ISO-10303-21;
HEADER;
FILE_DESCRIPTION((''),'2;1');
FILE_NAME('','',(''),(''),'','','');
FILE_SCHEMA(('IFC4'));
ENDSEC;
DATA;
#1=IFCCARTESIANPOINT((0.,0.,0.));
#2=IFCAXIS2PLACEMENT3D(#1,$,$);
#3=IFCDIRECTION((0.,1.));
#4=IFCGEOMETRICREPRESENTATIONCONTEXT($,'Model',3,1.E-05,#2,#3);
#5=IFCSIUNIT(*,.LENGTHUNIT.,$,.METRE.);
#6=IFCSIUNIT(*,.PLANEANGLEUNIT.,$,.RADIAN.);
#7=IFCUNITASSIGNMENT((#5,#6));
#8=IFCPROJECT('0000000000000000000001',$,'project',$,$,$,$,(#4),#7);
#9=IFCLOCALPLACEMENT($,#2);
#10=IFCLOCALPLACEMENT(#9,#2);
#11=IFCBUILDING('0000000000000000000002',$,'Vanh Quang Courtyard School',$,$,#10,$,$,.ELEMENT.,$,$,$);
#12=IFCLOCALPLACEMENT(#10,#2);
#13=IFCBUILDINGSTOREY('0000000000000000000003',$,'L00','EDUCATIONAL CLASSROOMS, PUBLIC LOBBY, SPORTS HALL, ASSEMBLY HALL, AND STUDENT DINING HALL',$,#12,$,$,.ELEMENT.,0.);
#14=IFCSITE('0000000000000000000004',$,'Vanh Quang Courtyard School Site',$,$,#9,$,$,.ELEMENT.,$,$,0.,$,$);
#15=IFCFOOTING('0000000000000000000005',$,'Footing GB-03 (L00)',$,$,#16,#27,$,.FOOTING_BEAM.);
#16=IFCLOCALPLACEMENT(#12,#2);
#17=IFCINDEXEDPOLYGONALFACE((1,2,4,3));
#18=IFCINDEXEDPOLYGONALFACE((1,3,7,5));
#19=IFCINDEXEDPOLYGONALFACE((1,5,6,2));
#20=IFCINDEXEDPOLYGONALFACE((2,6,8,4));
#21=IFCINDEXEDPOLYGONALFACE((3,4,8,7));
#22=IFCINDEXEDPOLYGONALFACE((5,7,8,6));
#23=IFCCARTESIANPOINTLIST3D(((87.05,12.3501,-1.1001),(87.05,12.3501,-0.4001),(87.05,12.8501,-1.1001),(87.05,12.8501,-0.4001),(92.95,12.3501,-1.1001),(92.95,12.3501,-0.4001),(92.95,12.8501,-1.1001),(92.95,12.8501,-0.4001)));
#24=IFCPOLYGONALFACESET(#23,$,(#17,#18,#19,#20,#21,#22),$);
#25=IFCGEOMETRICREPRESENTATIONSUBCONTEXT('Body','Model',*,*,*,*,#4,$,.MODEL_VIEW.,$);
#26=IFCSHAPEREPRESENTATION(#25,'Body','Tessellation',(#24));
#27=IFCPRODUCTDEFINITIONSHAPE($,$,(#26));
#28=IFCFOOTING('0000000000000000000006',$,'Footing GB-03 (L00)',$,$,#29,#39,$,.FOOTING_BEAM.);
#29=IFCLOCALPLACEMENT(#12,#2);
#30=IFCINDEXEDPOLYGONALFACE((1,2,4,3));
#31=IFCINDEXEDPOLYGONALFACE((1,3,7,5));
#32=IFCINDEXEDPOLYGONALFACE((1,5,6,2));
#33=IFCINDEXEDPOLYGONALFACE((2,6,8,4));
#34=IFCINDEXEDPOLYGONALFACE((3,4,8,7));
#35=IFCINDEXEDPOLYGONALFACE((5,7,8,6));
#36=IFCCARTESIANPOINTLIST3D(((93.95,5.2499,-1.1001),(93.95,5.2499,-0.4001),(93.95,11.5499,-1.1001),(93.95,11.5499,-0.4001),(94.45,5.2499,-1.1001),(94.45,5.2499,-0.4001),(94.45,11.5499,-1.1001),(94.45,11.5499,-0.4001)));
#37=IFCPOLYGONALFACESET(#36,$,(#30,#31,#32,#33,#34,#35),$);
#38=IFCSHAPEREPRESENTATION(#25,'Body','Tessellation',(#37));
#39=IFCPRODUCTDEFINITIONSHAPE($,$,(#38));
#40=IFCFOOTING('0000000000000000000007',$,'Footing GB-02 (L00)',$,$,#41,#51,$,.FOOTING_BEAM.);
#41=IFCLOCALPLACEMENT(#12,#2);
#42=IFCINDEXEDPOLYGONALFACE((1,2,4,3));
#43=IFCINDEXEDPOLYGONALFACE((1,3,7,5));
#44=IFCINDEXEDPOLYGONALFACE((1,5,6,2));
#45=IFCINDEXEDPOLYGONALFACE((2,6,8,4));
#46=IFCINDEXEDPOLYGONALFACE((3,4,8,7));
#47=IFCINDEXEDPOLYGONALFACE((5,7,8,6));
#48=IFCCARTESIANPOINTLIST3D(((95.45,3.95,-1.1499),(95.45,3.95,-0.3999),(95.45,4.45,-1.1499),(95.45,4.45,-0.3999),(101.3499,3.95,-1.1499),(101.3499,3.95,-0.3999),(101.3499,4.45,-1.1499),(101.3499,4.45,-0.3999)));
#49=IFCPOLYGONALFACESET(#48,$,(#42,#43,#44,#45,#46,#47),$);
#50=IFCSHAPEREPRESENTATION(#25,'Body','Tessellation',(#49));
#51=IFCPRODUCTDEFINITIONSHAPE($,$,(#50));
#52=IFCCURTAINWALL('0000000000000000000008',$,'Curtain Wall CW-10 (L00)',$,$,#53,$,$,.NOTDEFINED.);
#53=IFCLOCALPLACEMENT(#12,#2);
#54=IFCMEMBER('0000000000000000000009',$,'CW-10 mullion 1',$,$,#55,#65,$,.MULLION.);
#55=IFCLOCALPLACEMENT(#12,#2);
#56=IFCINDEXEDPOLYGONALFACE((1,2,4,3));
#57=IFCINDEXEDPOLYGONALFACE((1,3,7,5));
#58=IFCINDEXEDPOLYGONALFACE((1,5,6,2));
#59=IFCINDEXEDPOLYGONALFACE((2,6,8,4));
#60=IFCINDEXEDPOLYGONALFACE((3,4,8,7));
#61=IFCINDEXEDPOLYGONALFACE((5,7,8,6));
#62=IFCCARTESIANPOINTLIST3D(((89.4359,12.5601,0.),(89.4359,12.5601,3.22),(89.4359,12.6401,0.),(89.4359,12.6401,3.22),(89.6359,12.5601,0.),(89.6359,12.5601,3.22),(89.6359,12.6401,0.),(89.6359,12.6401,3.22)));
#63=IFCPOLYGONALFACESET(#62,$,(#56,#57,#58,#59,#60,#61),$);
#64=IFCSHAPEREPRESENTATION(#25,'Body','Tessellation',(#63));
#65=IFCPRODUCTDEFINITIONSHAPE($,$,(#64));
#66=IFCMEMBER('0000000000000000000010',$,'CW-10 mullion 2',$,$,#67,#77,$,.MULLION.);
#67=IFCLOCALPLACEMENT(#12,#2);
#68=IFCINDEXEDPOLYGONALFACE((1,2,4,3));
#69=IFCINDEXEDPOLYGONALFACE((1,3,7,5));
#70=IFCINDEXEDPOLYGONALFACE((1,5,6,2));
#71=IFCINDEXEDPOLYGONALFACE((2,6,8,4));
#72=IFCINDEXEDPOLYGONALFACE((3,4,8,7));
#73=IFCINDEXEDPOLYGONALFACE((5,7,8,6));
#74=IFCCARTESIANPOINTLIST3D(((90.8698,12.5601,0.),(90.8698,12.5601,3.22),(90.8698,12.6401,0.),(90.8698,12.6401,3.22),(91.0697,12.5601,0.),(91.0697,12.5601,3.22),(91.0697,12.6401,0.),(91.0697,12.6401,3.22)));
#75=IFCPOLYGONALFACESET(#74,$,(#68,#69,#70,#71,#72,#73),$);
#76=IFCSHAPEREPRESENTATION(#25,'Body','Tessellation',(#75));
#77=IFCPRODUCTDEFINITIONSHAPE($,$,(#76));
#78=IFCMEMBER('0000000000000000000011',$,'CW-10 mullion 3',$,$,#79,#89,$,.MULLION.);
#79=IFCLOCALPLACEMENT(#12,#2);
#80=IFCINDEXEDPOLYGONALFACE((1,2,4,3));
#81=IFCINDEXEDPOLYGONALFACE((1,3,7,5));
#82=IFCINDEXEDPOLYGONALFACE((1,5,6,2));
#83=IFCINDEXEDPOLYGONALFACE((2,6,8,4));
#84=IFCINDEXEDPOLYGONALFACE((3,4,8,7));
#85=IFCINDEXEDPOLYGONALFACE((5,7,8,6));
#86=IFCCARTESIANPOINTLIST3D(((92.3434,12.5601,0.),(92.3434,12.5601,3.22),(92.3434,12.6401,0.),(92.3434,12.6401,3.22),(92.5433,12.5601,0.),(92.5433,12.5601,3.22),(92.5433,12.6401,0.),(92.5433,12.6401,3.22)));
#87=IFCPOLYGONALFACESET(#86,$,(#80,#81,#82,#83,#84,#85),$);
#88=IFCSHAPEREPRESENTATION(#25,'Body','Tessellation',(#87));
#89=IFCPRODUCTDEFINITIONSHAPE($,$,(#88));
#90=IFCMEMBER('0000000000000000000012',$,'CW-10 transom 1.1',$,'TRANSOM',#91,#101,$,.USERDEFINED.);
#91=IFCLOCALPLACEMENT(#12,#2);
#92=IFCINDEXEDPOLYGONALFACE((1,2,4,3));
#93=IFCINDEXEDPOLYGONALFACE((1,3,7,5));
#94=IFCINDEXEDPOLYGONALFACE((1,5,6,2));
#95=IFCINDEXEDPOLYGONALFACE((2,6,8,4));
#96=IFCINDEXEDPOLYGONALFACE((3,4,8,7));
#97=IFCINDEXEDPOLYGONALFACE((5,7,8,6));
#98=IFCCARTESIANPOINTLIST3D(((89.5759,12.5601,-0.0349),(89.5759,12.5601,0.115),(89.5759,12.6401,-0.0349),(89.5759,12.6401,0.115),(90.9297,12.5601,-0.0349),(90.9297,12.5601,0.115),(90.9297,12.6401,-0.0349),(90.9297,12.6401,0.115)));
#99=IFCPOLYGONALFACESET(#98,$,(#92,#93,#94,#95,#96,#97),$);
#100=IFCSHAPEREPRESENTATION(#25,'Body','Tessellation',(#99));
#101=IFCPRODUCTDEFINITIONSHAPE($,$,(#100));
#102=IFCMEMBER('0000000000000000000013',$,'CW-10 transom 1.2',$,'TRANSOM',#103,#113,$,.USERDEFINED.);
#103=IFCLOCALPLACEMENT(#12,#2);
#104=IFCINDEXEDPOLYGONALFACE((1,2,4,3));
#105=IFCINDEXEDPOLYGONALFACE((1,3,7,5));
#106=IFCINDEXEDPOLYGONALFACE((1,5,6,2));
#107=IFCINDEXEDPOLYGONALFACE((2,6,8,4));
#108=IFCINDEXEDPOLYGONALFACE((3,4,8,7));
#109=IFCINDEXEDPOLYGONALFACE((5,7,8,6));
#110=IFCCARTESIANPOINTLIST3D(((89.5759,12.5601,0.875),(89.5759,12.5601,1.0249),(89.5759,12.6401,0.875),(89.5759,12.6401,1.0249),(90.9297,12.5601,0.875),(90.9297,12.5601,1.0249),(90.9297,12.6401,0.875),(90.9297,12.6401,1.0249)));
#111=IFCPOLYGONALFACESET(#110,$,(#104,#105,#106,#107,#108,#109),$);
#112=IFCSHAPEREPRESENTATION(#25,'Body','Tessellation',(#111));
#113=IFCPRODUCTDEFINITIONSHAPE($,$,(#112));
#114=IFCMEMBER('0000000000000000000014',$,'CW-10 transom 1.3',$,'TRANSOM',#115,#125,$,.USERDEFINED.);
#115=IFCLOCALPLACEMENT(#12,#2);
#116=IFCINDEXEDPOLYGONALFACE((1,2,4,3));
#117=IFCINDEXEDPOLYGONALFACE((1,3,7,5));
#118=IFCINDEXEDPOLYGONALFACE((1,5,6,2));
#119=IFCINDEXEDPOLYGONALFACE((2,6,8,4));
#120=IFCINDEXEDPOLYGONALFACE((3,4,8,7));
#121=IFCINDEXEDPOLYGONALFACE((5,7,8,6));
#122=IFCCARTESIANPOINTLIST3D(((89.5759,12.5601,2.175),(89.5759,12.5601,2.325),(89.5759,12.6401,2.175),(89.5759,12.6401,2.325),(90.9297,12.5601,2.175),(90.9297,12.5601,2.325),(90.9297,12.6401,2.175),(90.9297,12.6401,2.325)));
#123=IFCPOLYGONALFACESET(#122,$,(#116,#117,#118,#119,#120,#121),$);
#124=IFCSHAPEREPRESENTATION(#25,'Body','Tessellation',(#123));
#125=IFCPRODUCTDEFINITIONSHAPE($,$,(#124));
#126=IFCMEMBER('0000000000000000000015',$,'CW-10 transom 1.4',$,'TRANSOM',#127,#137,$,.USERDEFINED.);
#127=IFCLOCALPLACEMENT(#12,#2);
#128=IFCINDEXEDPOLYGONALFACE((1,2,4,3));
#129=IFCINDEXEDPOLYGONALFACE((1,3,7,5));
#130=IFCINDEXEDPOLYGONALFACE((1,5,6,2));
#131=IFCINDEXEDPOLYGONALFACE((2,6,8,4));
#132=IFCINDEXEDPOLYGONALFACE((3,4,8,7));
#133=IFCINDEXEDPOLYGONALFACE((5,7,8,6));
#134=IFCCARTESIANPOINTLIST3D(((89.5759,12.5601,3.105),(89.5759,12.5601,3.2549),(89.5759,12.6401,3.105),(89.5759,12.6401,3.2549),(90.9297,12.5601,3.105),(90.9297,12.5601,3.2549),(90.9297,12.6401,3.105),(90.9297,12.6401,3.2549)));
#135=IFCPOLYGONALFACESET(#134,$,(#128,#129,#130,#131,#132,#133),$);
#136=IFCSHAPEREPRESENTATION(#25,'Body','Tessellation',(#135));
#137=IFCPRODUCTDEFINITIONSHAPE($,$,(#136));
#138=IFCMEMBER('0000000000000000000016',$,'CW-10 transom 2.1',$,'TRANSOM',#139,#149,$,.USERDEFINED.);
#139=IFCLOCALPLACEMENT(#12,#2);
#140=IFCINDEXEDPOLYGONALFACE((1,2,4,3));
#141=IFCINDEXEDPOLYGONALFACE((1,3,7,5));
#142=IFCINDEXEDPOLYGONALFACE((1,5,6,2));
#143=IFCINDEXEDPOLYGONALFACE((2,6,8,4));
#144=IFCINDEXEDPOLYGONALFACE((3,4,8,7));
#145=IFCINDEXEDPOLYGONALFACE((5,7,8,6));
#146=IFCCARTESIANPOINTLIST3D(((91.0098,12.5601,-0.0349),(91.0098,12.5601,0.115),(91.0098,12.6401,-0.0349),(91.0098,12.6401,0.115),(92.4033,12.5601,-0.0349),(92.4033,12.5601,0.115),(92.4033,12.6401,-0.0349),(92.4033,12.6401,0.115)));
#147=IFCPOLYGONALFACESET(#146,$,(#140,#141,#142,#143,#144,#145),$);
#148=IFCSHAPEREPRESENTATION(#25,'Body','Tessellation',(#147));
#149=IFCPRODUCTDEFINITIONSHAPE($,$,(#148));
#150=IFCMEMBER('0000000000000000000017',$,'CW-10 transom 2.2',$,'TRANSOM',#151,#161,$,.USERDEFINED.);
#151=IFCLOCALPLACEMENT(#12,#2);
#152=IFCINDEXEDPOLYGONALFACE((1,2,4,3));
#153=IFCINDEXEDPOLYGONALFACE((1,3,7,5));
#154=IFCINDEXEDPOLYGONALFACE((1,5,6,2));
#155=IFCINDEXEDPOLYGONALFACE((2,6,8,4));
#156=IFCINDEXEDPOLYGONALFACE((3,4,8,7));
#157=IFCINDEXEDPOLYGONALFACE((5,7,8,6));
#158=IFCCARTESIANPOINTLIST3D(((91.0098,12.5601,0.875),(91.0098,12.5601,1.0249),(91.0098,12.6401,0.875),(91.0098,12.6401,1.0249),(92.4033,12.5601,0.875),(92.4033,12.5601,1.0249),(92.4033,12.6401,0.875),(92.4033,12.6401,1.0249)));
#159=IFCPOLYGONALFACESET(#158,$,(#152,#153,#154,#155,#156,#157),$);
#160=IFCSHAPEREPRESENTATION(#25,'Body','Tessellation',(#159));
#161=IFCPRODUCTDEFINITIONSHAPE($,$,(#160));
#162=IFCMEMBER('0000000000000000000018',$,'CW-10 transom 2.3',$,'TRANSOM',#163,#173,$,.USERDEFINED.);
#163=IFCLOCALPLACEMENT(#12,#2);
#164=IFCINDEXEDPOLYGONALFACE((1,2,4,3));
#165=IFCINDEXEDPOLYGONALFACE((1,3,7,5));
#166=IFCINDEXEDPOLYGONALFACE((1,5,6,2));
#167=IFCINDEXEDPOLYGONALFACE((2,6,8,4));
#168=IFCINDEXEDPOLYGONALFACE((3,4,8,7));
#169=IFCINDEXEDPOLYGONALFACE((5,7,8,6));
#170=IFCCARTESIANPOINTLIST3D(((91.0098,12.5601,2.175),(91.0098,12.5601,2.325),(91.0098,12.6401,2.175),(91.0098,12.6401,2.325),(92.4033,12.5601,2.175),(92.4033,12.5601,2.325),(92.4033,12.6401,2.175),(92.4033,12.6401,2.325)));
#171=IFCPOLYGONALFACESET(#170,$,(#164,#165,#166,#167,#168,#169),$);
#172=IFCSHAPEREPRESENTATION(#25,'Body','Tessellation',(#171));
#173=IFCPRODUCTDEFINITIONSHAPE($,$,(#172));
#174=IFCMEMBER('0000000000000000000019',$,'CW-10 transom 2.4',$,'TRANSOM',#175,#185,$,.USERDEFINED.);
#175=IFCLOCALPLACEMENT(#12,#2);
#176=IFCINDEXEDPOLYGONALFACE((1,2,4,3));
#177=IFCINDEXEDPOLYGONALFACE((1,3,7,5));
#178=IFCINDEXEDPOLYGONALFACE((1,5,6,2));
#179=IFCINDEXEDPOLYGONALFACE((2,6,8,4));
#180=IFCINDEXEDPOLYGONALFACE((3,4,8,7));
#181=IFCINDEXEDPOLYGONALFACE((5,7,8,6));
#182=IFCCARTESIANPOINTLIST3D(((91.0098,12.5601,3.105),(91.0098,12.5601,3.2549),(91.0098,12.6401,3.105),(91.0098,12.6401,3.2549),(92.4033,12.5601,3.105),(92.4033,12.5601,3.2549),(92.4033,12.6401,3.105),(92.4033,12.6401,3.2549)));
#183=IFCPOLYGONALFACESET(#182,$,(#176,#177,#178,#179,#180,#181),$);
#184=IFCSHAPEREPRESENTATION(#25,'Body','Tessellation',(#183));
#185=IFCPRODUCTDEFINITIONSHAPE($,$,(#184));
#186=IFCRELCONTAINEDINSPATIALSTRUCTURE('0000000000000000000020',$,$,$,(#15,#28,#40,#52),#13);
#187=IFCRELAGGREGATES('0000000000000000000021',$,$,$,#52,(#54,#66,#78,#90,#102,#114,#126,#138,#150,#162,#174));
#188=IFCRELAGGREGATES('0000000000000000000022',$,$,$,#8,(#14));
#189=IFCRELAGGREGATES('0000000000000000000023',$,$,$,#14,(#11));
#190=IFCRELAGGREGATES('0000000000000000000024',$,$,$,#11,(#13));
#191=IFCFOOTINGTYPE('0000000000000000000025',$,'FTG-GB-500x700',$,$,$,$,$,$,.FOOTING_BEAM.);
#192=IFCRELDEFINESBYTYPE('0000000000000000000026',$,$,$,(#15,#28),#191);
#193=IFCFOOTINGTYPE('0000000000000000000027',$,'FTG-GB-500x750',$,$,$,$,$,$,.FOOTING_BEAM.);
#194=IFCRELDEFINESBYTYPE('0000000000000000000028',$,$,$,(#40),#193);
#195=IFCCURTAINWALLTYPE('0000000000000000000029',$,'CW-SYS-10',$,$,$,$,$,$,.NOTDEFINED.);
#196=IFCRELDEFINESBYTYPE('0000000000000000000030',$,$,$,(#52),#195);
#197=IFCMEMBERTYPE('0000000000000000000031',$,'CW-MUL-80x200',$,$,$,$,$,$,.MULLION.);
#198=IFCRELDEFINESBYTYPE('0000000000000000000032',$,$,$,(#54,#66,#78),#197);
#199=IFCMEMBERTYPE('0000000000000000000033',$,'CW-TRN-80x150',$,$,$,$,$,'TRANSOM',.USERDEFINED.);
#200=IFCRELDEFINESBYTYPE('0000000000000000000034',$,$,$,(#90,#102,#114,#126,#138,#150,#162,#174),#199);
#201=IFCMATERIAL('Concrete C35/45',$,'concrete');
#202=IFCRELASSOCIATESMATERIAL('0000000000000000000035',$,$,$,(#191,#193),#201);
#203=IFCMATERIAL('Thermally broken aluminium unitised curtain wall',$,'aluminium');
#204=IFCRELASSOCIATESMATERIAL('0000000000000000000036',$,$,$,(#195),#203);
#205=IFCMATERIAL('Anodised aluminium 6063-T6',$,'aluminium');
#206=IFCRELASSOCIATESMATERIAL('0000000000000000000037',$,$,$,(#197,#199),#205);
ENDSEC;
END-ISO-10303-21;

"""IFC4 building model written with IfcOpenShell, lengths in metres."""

from ifc_helpers import new_model, si_unit, direction, frame, origin, origin_2d, place, context, subcontext, project, spatial, rectangle, extrude, material, material_profile, profile_set, type_object, element, aggregate, save


model = new_model("IFC4")

# Units and contexts
model_context = context("Model", 3, precision=1e-05, world=origin(), true_north=direction((0.0, 1.0)))
body_context = subcontext(model_context, "Body", "Model", "MODEL_VIEW")
ifc_project = project(units=[si_unit("LENGTHUNIT", "METRE"), si_unit("PLANEANGLEUNIT", "RADIAN")], contexts=[model_context])

# Site, building, storey
site_placement = place(None, origin())
site = spatial("IfcSite", under=ifc_project, at=site_placement, Name="Vanh Quang Courtyard School Site", CompositionType="ELEMENT", RefElevation=0.0)
building_placement = place(site_placement, origin())
building = spatial("IfcBuilding", under=site, at=building_placement, Name="Vanh Quang Courtyard School", CompositionType="ELEMENT")
storey_placement = place(building_placement, origin())
storey = spatial("IfcBuildingStorey", under=building, at=storey_placement, Name="L00", Description="EDUCATIONAL CLASSROOMS, PUBLIC LOBBY, SPORTS HALL, ASSEMBLY HALL, AND STUDENT DINING HALL", CompositionType="ELEMENT", Elevation=0.0)

# Footings
ifc_material_1 = material(Name="Concrete C35/45", Category="concrete")
footing_type_1 = type_object("IfcFootingType", Name="FTG-GB-500x700", PredefinedType="FOOTING_BEAM", material=ifc_material_1)
footing_1_placement = place(storey_placement, frame((90.0, 12.6001, -1.1001), z_axis=(0.0, 0.0, 1.0), x_axis=(1.0, 0.0, 0.0)))
element("IfcFooting", 1, at=footing_1_placement, inside=storey, type_object=footing_type_1, Name="Footing GB-03 (L00)", PredefinedType="FOOTING_BEAM", context=body_context, shape_type="SweptSolid", body=[
    extrude(rectangle(XDim=5.8999, YDim=0.5, at=origin_2d()), origin(), (0.0, 0.0, 1.0), 0.7),
])
footing_2_placement = place(storey_placement, frame((94.2, 8.3999, -1.1001), z_axis=(0.0, 0.0, 1.0), x_axis=(0.0, 1.0, 0.0)))
element("IfcFooting", 2, at=footing_2_placement, inside=storey, type_object=footing_type_1, Name="Footing GB-03 (L00)", PredefinedType="FOOTING_BEAM", context=body_context, shape_type="SweptSolid", body=[
    extrude(rectangle(XDim=6.3, YDim=0.5, at=origin_2d()), origin(), (0.0, 0.0, 1.0), 0.7),
])
footing_type_2 = type_object("IfcFootingType", Name="FTG-GB-500x750", PredefinedType="FOOTING_BEAM", material=ifc_material_1)
footing_3_placement = place(storey_placement, frame((98.3999, 4.2, -1.1499), z_axis=(0.0, 0.0, 1.0), x_axis=(1.0, 0.0, 0.0)))
element("IfcFooting", 3, at=footing_3_placement, inside=storey, type_object=footing_type_2, Name="Footing GB-02 (L00)", PredefinedType="FOOTING_BEAM", context=body_context, shape_type="SweptSolid", body=[
    extrude(rectangle(XDim=5.8999, YDim=0.5, at=origin_2d()), origin(), (0.0, 0.0, 1.0), 0.75),
])

# Curtain wall, members
ifc_material_2 = material(Name="Thermally broken aluminium unitised curtain wall", Category="aluminium")
curtain_wall_type_1 = type_object("IfcCurtainWallType", Name="CW-SYS-10", PredefinedType="NOTDEFINED", material=ifc_material_2)
curtain_wall_1_placement = place(storey_placement, origin())
curtain_wall_1 = element("IfcCurtainWall", 4, at=curtain_wall_1_placement, inside=storey, type_object=curtain_wall_type_1, Name="Curtain Wall CW-10 (L00)", PredefinedType="NOTDEFINED")
ifc_material_3 = material(Name="Anodised aluminium 6063-T6", Category="aluminium")
ifc_material_profile_1 = material_profile(ifc_material_3, rectangle(XDim=0.0801, YDim=0.2, at=origin_2d()), Name="ALU-MUL 80x200")
ifc_profile_set_1 = profile_set([ifc_material_profile_1], Name="Anodised aluminium 6063-T6")
member_type_1 = type_object("IfcMemberType", Name="CW-MUL-80x200", PredefinedType="MULLION", material=ifc_profile_set_1)
member_1_placement = place(storey_placement, frame((89.5359, 12.6001, 0.0), z_axis=(0.0, 0.0, 1.0), x_axis=(0.0, 1.0, 0.0)))
member_1 = element("IfcMember", 5, at=member_1_placement, type_object=member_type_1, Name="CW-10 mullion 1", PredefinedType="MULLION", context=body_context, shape_type="SweptSolid", body=[
    extrude(rectangle(XDim=0.0801, YDim=0.2, at=origin_2d()), origin(), (0.0, 0.0, 1.0), 3.22),
])
member_2_placement = place(storey_placement, frame((90.9697, 12.6001, 0.0), z_axis=(0.0, 0.0, 1.0), x_axis=(0.0, 1.0, 0.0)))
member_2 = element("IfcMember", 6, at=member_2_placement, type_object=member_type_1, Name="CW-10 mullion 2", PredefinedType="MULLION", context=body_context, shape_type="SweptSolid", body=[
    extrude(rectangle(XDim=0.0801, YDim=0.2, at=origin_2d()), origin(), (0.0, 0.0, 1.0), 3.22),
])
member_3_placement = place(storey_placement, frame((92.4434, 12.6001, 0.0), z_axis=(0.0, 0.0, 1.0), x_axis=(0.0, 1.0, 0.0)))
member_3 = element("IfcMember", 7, at=member_3_placement, type_object=member_type_1, Name="CW-10 mullion 3", PredefinedType="MULLION", context=body_context, shape_type="SweptSolid", body=[
    extrude(rectangle(XDim=0.0801, YDim=0.2, at=origin_2d()), origin(), (0.0, 0.0, 1.0), 3.22),
])
ifc_material_profile_2 = material_profile(ifc_material_3, rectangle(XDim=0.0801, YDim=0.1499, at=origin_2d()), Name="ALU-TRN 80x150")
ifc_profile_set_2 = profile_set([ifc_material_profile_2], Name="Anodised aluminium 6063-T6")
member_type_2 = type_object("IfcMemberType", Name="CW-TRN-80x150", ElementType="TRANSOM", PredefinedType="USERDEFINED", material=ifc_profile_set_2)
member_4_placement = place(storey_placement, frame((89.5759, 12.6001, 0.04), z_axis=(1.0, 0.0, 0.0), x_axis=(0.0, 1.0, 0.0)))
member_4 = element("IfcMember", 8, at=member_4_placement, type_object=member_type_2, Name="CW-10 transom 1.1", ObjectType="TRANSOM", PredefinedType="USERDEFINED", context=body_context, shape_type="SweptSolid", body=[
    extrude(rectangle(XDim=0.0801, YDim=0.1499, at=origin_2d()), origin(), (0.0, 0.0, 1.0), 1.3538),
])
member_5_placement = place(storey_placement, frame((89.5759, 12.6001, 0.95), z_axis=(1.0, 0.0, 0.0), x_axis=(0.0, 1.0, 0.0)))
member_5 = element("IfcMember", 9, at=member_5_placement, type_object=member_type_2, Name="CW-10 transom 1.2", ObjectType="TRANSOM", PredefinedType="USERDEFINED", context=body_context, shape_type="SweptSolid", body=[
    extrude(rectangle(XDim=0.0801, YDim=0.1499, at=origin_2d()), origin(), (0.0, 0.0, 1.0), 1.3538),
])
member_6_placement = place(storey_placement, frame((89.5759, 12.6001, 2.25), z_axis=(1.0, 0.0, 0.0), x_axis=(0.0, 1.0, 0.0)))
member_6 = element("IfcMember", 10, at=member_6_placement, type_object=member_type_2, Name="CW-10 transom 1.3", ObjectType="TRANSOM", PredefinedType="USERDEFINED", context=body_context, shape_type="SweptSolid", body=[
    extrude(rectangle(XDim=0.0801, YDim=0.1499, at=origin_2d()), origin(), (0.0, 0.0, 1.0), 1.3538),
])
member_7_placement = place(storey_placement, frame((89.5759, 12.6001, 3.1799), z_axis=(1.0, 0.0, 0.0), x_axis=(0.0, 1.0, 0.0)))
member_7 = element("IfcMember", 11, at=member_7_placement, type_object=member_type_2, Name="CW-10 transom 1.4", ObjectType="TRANSOM", PredefinedType="USERDEFINED", context=body_context, shape_type="SweptSolid", body=[
    extrude(rectangle(XDim=0.0801, YDim=0.1499, at=origin_2d()), origin(), (0.0, 0.0, 1.0), 1.3538),
])
member_8_placement = place(storey_placement, frame((91.0098, 12.6001, 0.04), z_axis=(1.0, 0.0, 0.0), x_axis=(0.0, 1.0, 0.0)))
member_8 = element("IfcMember", 12, at=member_8_placement, type_object=member_type_2, Name="CW-10 transom 2.1", ObjectType="TRANSOM", PredefinedType="USERDEFINED", context=body_context, shape_type="SweptSolid", body=[
    extrude(rectangle(XDim=0.0801, YDim=0.1499, at=origin_2d()), origin(), (0.0, 0.0, 1.0), 1.3936),
])
member_9_placement = place(storey_placement, frame((91.0098, 12.6001, 0.95), z_axis=(1.0, 0.0, 0.0), x_axis=(0.0, 1.0, 0.0)))
member_9 = element("IfcMember", 13, at=member_9_placement, type_object=member_type_2, Name="CW-10 transom 2.2", ObjectType="TRANSOM", PredefinedType="USERDEFINED", context=body_context, shape_type="SweptSolid", body=[
    extrude(rectangle(XDim=0.0801, YDim=0.1499, at=origin_2d()), origin(), (0.0, 0.0, 1.0), 1.3936),
])
member_10_placement = place(storey_placement, frame((91.0098, 12.6001, 2.25), z_axis=(1.0, 0.0, 0.0), x_axis=(0.0, 1.0, 0.0)))
member_10 = element("IfcMember", 14, at=member_10_placement, type_object=member_type_2, Name="CW-10 transom 2.3", ObjectType="TRANSOM", PredefinedType="USERDEFINED", context=body_context, shape_type="SweptSolid", body=[
    extrude(rectangle(XDim=0.0801, YDim=0.1499, at=origin_2d()), origin(), (0.0, 0.0, 1.0), 1.3936),
])
member_11_placement = place(storey_placement, frame((91.0098, 12.6001, 3.1799), z_axis=(1.0, 0.0, 0.0), x_axis=(0.0, 1.0, 0.0)))
member_11 = element("IfcMember", 15, at=member_11_placement, type_object=member_type_2, Name="CW-10 transom 2.4", ObjectType="TRANSOM", PredefinedType="USERDEFINED", context=body_context, shape_type="SweptSolid", body=[
    extrude(rectangle(XDim=0.0801, YDim=0.1499, at=origin_2d()), origin(), (0.0, 0.0, 1.0), 1.3936),
])
aggregate(curtain_wall_1, [member_1, member_2, member_3, member_4, member_5, member_6, member_7, member_8, member_9, member_10, member_11])

save(model, "model.ifc")
